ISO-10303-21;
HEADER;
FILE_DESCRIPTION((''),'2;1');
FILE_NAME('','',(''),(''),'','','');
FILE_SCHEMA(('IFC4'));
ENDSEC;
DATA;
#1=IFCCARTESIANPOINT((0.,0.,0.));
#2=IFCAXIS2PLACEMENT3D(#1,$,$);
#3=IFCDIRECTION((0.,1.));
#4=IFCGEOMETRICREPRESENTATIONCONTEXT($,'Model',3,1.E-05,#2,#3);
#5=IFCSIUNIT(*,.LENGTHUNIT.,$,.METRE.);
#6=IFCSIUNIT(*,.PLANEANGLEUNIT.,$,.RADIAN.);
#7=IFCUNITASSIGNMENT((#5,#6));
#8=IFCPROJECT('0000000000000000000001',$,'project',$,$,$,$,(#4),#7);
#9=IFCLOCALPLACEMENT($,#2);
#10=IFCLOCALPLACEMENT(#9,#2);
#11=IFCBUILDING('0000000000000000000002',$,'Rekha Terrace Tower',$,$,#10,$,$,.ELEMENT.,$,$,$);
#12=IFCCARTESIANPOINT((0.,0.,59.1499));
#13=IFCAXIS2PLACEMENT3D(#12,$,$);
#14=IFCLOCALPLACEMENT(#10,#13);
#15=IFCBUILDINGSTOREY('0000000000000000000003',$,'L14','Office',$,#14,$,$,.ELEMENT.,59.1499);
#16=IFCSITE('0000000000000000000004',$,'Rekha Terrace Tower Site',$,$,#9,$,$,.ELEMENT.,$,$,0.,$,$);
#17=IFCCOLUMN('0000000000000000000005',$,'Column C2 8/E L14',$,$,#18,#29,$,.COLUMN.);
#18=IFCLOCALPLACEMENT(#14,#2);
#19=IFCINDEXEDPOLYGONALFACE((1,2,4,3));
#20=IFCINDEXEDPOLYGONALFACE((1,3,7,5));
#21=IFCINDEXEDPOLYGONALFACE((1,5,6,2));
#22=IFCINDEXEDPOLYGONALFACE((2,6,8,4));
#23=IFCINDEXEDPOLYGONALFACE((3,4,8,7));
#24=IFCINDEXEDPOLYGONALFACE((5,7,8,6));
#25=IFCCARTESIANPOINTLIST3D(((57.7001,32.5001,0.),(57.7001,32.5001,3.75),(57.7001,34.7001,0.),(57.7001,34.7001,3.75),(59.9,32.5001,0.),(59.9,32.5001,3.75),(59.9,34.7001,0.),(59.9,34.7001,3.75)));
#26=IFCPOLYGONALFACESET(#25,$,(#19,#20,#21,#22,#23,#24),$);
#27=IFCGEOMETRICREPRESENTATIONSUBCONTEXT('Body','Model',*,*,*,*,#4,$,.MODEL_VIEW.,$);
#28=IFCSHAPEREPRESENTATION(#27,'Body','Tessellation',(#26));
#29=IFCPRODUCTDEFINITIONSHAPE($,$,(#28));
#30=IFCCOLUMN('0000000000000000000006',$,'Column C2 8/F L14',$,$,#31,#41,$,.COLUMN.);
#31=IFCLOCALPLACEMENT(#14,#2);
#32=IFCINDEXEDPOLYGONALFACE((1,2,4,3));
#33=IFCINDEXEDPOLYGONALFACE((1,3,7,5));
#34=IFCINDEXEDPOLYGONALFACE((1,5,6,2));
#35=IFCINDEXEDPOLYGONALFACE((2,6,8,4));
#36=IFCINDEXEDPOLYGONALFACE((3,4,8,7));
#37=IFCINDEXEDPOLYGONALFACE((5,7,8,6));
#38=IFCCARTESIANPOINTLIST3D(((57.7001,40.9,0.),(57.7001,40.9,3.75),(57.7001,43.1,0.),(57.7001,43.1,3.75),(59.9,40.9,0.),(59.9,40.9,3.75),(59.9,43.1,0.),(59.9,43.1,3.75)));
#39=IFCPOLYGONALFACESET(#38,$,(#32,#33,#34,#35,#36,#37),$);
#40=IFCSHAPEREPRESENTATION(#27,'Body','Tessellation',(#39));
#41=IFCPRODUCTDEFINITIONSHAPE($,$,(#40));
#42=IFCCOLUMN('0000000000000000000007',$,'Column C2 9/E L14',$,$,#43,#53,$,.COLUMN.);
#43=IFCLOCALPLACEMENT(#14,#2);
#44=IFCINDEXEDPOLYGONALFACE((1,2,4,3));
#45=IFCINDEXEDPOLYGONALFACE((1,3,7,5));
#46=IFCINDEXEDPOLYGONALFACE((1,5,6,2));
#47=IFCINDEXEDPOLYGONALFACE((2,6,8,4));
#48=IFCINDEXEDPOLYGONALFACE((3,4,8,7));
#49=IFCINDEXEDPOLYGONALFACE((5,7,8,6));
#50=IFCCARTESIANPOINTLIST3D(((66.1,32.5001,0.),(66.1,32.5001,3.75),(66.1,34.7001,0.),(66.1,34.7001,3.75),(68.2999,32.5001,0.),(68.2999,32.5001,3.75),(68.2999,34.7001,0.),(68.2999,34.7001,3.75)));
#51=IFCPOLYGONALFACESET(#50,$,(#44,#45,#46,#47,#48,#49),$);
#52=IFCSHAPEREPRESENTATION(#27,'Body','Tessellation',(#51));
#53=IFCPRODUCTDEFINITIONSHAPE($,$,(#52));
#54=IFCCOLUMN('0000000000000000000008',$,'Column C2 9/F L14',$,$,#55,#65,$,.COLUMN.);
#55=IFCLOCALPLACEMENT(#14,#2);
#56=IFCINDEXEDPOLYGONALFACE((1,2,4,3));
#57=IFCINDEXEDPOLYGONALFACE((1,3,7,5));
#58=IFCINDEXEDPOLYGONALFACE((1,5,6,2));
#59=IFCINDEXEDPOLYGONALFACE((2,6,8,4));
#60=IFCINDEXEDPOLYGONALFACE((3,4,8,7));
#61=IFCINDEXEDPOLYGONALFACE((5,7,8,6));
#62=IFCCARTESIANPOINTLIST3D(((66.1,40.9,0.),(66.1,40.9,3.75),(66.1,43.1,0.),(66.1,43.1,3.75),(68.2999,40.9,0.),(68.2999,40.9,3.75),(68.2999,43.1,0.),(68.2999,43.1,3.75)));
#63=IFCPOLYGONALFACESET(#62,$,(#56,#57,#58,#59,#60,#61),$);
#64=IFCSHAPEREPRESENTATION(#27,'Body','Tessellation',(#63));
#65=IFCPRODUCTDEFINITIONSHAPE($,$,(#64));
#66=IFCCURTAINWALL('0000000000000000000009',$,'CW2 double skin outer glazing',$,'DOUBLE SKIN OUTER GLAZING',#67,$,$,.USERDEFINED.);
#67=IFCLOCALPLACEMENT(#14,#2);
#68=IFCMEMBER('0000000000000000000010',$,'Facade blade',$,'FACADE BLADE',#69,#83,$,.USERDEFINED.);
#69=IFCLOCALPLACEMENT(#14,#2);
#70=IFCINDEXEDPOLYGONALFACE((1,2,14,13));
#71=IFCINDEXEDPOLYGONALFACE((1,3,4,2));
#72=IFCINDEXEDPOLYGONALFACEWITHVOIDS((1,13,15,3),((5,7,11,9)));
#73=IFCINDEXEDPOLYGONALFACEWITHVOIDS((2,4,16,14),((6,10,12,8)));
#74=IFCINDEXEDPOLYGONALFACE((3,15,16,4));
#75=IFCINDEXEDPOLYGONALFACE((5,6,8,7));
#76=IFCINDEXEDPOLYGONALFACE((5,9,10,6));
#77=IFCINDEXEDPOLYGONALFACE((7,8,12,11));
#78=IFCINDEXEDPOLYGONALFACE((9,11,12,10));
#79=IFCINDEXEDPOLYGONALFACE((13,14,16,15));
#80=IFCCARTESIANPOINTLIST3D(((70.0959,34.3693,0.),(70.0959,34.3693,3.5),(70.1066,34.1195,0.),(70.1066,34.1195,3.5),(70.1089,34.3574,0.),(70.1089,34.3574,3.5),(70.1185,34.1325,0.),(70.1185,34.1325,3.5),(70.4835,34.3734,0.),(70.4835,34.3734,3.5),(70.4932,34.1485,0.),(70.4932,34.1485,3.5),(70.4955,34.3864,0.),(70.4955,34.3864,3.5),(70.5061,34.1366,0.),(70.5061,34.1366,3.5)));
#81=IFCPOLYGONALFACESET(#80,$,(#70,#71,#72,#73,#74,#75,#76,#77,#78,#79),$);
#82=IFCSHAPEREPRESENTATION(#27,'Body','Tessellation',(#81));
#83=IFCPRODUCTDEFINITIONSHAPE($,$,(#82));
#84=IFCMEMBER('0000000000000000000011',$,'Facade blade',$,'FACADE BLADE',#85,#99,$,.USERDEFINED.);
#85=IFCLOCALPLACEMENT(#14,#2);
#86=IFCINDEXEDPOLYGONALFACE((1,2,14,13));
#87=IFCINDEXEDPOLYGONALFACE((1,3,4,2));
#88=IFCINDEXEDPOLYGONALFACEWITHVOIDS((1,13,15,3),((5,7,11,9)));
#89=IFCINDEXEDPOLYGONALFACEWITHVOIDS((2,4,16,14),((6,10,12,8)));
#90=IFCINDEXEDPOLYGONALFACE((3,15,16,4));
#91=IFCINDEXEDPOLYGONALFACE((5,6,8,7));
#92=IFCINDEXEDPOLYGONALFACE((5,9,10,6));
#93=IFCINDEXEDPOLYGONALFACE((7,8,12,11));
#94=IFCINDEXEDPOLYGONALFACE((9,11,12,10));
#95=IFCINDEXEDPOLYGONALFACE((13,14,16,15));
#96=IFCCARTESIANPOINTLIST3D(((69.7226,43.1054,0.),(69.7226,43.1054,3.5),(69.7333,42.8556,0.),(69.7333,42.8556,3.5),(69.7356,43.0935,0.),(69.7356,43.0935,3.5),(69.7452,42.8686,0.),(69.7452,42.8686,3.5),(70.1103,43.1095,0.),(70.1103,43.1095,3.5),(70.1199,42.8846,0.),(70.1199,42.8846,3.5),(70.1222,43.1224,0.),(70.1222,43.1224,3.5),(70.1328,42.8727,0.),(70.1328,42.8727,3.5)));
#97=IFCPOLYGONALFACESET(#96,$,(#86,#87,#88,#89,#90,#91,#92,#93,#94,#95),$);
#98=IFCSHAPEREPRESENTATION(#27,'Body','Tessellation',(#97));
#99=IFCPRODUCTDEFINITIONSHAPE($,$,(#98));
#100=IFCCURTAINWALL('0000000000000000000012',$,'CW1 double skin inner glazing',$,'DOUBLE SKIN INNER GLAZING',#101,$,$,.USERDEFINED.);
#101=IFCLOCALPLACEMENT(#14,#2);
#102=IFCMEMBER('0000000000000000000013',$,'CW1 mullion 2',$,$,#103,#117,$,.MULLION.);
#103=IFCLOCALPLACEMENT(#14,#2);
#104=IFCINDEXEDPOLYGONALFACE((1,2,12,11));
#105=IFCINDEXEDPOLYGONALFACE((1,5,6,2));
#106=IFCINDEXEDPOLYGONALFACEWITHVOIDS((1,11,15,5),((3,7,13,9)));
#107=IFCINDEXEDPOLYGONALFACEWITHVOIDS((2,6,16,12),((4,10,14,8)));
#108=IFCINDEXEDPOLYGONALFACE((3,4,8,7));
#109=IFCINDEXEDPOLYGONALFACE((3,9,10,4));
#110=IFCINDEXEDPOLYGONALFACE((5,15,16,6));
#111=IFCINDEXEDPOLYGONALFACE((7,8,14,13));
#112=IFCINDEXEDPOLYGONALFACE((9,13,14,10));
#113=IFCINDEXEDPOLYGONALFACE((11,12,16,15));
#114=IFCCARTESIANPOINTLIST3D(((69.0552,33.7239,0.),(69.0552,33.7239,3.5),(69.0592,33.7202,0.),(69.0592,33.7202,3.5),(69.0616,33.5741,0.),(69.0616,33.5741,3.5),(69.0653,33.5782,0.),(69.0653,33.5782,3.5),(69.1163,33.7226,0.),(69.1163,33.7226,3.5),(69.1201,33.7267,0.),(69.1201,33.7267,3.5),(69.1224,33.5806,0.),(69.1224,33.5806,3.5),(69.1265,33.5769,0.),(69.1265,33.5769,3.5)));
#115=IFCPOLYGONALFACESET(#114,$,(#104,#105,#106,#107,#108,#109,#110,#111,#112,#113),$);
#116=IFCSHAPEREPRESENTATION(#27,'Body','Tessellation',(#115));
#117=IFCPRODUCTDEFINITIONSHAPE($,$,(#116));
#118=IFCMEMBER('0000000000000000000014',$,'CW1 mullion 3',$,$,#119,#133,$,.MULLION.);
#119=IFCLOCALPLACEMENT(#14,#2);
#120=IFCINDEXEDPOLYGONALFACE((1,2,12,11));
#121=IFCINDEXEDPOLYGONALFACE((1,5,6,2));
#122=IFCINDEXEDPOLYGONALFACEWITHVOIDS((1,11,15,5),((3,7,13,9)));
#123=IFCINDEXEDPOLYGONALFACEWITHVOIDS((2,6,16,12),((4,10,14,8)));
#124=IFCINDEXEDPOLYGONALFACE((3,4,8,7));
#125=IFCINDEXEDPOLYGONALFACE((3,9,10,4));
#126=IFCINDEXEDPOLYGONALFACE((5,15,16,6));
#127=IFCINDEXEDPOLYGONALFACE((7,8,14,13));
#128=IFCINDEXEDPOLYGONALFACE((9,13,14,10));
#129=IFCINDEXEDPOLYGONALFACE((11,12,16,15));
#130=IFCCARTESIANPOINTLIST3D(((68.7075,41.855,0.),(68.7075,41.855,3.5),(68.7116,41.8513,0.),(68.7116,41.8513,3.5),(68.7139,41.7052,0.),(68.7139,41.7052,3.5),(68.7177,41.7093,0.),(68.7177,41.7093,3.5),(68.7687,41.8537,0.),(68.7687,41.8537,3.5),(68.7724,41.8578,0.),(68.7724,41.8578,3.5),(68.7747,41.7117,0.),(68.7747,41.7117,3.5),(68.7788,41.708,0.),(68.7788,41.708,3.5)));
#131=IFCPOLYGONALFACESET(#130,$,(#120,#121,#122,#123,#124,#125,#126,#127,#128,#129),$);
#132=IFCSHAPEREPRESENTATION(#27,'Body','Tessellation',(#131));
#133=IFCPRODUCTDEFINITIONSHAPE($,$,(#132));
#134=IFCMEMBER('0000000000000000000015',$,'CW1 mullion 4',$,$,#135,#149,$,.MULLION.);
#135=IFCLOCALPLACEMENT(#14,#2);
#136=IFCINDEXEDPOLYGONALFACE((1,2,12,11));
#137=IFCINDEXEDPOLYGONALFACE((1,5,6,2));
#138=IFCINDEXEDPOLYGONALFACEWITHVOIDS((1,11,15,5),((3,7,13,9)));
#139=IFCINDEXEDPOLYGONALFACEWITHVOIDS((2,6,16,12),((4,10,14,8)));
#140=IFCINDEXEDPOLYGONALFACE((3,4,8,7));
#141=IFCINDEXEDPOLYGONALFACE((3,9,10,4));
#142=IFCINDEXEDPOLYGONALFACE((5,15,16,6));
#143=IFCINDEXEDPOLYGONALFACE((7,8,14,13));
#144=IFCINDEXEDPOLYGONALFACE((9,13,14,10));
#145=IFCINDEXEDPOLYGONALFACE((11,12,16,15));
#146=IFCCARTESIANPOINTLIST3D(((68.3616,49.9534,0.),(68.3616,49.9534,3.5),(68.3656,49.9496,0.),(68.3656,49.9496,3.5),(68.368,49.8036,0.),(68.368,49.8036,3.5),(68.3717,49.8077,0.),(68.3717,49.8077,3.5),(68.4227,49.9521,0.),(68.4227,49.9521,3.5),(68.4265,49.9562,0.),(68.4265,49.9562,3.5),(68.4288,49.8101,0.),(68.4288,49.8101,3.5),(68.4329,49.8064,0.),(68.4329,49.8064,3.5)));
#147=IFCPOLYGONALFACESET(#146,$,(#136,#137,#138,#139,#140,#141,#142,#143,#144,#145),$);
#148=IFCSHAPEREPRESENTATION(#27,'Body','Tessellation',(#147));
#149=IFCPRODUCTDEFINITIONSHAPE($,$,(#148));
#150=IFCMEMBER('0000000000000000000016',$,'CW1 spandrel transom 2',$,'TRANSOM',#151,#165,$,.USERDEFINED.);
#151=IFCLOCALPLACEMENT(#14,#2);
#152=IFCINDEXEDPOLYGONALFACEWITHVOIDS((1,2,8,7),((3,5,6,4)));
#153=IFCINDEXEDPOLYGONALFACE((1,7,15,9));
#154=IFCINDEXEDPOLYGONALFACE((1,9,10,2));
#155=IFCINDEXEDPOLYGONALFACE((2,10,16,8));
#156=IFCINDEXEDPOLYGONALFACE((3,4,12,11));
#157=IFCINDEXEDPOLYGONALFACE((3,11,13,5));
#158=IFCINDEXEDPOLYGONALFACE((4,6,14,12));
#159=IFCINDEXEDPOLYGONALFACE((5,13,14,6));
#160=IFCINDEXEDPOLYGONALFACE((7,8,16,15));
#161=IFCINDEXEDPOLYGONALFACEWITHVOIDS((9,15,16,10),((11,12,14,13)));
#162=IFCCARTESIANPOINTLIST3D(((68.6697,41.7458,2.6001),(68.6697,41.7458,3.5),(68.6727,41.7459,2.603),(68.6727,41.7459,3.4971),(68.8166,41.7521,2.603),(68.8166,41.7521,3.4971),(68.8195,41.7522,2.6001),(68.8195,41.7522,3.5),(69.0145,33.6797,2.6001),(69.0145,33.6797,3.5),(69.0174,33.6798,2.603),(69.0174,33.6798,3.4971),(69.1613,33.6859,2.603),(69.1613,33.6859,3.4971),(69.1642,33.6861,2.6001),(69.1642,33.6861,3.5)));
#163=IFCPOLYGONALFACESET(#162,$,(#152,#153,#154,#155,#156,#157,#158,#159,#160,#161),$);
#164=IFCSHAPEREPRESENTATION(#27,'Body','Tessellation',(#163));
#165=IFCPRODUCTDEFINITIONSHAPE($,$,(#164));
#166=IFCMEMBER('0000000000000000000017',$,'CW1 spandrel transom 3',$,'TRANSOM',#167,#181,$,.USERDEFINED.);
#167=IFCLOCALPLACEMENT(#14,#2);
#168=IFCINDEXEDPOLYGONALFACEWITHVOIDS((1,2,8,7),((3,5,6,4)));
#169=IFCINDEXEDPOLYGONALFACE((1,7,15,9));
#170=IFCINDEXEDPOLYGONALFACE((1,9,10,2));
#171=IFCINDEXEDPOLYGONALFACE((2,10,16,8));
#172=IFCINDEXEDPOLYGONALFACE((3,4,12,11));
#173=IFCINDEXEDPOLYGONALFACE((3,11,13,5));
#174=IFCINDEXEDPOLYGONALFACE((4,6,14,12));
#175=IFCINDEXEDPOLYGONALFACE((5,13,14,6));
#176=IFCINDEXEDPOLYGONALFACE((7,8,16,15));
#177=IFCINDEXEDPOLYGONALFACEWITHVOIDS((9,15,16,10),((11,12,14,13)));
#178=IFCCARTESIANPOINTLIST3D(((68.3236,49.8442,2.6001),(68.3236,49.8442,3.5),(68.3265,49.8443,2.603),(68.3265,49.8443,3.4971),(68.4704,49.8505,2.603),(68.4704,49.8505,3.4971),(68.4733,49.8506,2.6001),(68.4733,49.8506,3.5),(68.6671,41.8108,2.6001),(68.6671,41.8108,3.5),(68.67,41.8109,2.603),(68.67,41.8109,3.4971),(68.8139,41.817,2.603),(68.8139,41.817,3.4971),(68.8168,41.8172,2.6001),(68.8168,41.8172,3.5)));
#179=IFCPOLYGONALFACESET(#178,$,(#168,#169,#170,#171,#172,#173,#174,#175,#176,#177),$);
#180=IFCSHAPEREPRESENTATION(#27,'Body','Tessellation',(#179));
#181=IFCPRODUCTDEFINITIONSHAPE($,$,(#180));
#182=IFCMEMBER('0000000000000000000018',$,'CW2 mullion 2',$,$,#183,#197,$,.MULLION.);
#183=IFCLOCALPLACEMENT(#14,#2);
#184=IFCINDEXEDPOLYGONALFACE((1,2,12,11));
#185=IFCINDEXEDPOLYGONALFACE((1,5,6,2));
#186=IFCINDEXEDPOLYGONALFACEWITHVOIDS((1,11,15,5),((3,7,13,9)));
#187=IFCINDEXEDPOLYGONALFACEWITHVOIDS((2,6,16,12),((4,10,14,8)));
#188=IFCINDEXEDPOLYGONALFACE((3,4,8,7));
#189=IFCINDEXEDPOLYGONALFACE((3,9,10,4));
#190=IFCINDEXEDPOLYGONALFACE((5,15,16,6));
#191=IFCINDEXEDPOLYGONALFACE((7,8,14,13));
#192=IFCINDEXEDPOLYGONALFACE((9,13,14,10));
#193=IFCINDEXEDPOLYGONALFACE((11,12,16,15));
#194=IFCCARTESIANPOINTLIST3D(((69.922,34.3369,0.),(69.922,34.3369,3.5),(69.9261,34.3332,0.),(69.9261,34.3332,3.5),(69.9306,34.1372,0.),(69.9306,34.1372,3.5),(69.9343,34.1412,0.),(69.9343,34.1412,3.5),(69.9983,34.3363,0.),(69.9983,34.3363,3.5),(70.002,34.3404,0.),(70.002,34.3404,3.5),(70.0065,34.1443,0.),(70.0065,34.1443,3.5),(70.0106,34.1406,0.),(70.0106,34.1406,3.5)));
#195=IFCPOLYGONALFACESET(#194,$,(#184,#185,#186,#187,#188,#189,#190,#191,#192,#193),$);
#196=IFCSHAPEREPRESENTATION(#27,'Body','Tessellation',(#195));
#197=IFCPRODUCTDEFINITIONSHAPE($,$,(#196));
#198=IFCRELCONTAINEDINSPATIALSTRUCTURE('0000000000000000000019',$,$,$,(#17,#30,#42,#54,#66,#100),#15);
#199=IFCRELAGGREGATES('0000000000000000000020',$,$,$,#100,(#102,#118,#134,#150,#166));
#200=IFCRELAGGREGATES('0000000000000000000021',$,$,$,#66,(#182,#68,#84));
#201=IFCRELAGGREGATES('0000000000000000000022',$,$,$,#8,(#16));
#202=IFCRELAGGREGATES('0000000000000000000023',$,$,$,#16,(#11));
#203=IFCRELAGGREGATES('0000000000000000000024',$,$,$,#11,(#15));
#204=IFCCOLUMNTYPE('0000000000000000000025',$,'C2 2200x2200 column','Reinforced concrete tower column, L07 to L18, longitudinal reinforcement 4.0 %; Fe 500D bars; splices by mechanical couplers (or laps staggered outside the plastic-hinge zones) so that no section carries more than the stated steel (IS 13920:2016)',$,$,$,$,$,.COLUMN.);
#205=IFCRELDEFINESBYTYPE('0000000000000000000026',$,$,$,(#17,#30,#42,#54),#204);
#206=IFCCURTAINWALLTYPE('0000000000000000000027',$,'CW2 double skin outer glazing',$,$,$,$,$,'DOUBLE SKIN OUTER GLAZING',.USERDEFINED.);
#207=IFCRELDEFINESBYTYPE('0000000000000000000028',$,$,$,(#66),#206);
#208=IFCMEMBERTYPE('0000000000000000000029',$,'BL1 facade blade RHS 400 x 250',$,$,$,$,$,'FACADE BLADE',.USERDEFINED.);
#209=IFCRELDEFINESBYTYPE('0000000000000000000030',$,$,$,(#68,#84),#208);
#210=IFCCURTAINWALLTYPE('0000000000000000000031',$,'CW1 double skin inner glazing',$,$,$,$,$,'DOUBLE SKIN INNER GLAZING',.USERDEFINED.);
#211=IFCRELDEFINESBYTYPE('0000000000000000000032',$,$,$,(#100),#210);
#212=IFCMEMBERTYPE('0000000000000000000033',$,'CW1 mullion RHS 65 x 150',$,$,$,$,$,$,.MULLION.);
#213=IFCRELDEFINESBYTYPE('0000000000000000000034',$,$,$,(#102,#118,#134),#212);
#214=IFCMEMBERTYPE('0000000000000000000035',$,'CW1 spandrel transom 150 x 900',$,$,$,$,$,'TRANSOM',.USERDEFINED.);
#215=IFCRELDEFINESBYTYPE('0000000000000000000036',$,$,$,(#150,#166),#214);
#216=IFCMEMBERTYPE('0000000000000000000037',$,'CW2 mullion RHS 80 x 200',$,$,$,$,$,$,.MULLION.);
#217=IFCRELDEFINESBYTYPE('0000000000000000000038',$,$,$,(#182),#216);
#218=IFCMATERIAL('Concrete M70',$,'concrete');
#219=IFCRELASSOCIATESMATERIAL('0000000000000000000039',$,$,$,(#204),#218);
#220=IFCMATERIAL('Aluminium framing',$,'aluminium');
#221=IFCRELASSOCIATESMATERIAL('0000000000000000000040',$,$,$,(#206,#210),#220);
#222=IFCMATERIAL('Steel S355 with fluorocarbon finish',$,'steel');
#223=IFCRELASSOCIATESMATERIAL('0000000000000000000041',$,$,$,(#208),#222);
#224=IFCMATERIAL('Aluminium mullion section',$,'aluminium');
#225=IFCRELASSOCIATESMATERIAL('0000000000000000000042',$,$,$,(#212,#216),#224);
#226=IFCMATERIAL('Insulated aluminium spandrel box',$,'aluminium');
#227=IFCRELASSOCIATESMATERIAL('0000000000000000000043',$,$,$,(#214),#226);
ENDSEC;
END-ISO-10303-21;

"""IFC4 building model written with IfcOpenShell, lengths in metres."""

from ifc_helpers import new_model, si_unit, direction, frame, origin, origin_2d, place, context, subcontext, project, spatial, rectangle, hollow_rectangle, extrude, material, material_profile, profile_set, type_object, element, aggregate, save


model = new_model("IFC4")

# Units and contexts
model_context = context("Model", 3, precision=1e-05, world=origin(), true_north=direction((0.0, 1.0)))
body_context = subcontext(model_context, "Body", "Model", "MODEL_VIEW")
ifc_project = project(units=[si_unit("LENGTHUNIT", "METRE"), si_unit("PLANEANGLEUNIT", "RADIAN")], contexts=[model_context])

# Site, building, storey
site_placement = place(None, origin())
site = spatial("IfcSite", under=ifc_project, at=site_placement, Name="Rekha Terrace Tower Site", CompositionType="ELEMENT", RefElevation=0.0)
building_placement = place(site_placement, origin())
building = spatial("IfcBuilding", under=site, at=building_placement, Name="Rekha Terrace Tower", CompositionType="ELEMENT")
storey_placement = place(building_placement, frame((0.0, 0.0, 59.1499)))
storey = spatial("IfcBuildingStorey", under=building, at=storey_placement, Name="L14", Description="Office", CompositionType="ELEMENT", Elevation=59.1499)

# Columns
ifc_material_1 = material(Name="Concrete M70", Category="concrete")
ifc_material_profile_1 = material_profile(ifc_material_1, rectangle(XDim=2.2, YDim=2.2, at=origin_2d()), Name="RC 2200x2200")
ifc_profile_set_1 = profile_set([ifc_material_profile_1], Name="Concrete M70")
column_type = type_object("IfcColumnType", Name="C2 2200x2200 column", Description="Reinforced concrete tower column, L07 to L18, longitudinal reinforcement 4.0 %; Fe 500D bars; splices by mechanical couplers (or laps staggered outside the plastic-hinge zones) so that no section carries more than the stated steel (IS 13920:2016)", PredefinedType="COLUMN", material=ifc_profile_set_1)
for number, where, z_axis, x_axis, name in (
    (1, (58.8, 33.6001, 0.0), (0.0, 0.0, 1.0), (1.0, 0.0, 0.0), "Column C2 8/E L14"),
    (2, (58.8, 42.0, 0.0), (0.0, 0.0, 1.0), (1.0, 0.0, 0.0), "Column C2 8/F L14"),
    (3, (67.2, 33.6001, 0.0), (0.0, 0.0, 1.0), (1.0, 0.0, 0.0), "Column C2 9/E L14"),
    (4, (67.2, 42.0, 0.0), (0.0, 0.0, 1.0), (1.0, 0.0, 0.0), "Column C2 9/F L14"),
):
    element("IfcColumn", number, at=place(storey_placement, frame(where, z_axis=z_axis, x_axis=x_axis)), inside=storey, type_object=column_type, Name=name, PredefinedType="COLUMN", context=body_context, shape_type="SweptSolid", body=[
        extrude(rectangle(XDim=2.2, YDim=2.2, at=origin_2d()), origin(), (0.0, 0.0, 1.0), 3.75),
    ])

# Curtain walls, members
ifc_material_2 = material(Name="Aluminium framing", Category="aluminium")
curtain_wall_type_1 = type_object("IfcCurtainWallType", Name="CW2 double skin outer glazing", ElementType="DOUBLE SKIN OUTER GLAZING", PredefinedType="USERDEFINED", material=ifc_material_2)
curtain_wall_1_placement = place(storey_placement, origin())
curtain_wall_1 = element("IfcCurtainWall", 5, at=curtain_wall_1_placement, inside=storey, type_object=curtain_wall_type_1, Name="CW2 double skin outer glazing", ObjectType="DOUBLE SKIN OUTER GLAZING", PredefinedType="USERDEFINED")
ifc_material_3 = material(Name="Steel S355 with fluorocarbon finish", Category="steel")
ifc_material_profile_2 = material_profile(ifc_material_3, hollow_rectangle(XDim=0.25, YDim=0.3999, WallThickness=0.0125, at=origin_2d()), Name="RHS400x250x12.5")
ifc_profile_set_2 = profile_set([ifc_material_profile_2], Name="Steel S355 with fluorocarbon finish")
member_type_1 = type_object("IfcMemberType", Name="BL1 facade blade RHS 400 x 250", ElementType="FACADE BLADE", PredefinedType="USERDEFINED", material=ifc_profile_set_2)
member_1_placement = place(storey_placement, frame((70.301, 34.2529, 0.0), z_axis=(0.0, 0.0, 1.0), x_axis=(-0.042695, 0.999088, 0.0)))
member_1 = element("IfcMember", 6, at=member_1_placement, type_object=member_type_1, Name="Facade blade", ObjectType="FACADE BLADE", PredefinedType="USERDEFINED", context=body_context, shape_type="SweptSolid", body=[
    extrude(hollow_rectangle(XDim=0.25, YDim=0.3999, WallThickness=0.0125, at=origin_2d()), origin(), (0.0, 0.0, 1.0), 3.5),
])
member_2_placement = place(storey_placement, frame((69.9277, 42.989, 0.0), z_axis=(0.0, 0.0, 1.0), x_axis=(-0.042695, 0.999088, 0.0)))
member_2 = element("IfcMember", 7, at=member_2_placement, type_object=member_type_1, Name="Facade blade", ObjectType="FACADE BLADE", PredefinedType="USERDEFINED", context=body_context, shape_type="SweptSolid", body=[
    extrude(hollow_rectangle(XDim=0.25, YDim=0.3999, WallThickness=0.0125, at=origin_2d()), origin(), (0.0, 0.0, 1.0), 3.5),
])
curtain_wall_type_2 = type_object("IfcCurtainWallType", Name="CW1 double skin inner glazing", ElementType="DOUBLE SKIN INNER GLAZING", PredefinedType="USERDEFINED", material=ifc_material_2)
curtain_wall_2_placement = place(storey_placement, origin())
curtain_wall_2 = element("IfcCurtainWall", 8, at=curtain_wall_2_placement, inside=storey, type_object=curtain_wall_type_2, Name="CW1 double skin inner glazing", ObjectType="DOUBLE SKIN INNER GLAZING", PredefinedType="USERDEFINED")
ifc_material_4 = material(Name="Aluminium mullion section", Category="aluminium")
ifc_material_profile_3 = material_profile(ifc_material_4, hollow_rectangle(XDim=0.0649, YDim=0.1499, WallThickness=0.0039, at=origin_2d()), Name="AL RHS 65x150")
ifc_profile_set_3 = profile_set([ifc_material_profile_3], Name="Aluminium mullion section")
member_type_2 = type_object("IfcMemberType", Name="CW1 mullion RHS 65 x 150", PredefinedType="MULLION", material=ifc_profile_set_3)
member_3_placement = place(storey_placement, frame((69.0908, 33.6504, 0.0), z_axis=(0.0, 0.0, 1.0), x_axis=(-0.999088, -0.042696, 0.0)))
member_3 = element("IfcMember", 9, at=member_3_placement, type_object=member_type_2, Name="CW1 mullion 2", PredefinedType="MULLION", context=body_context, shape_type="SweptSolid", body=[
    extrude(hollow_rectangle(XDim=0.0649, YDim=0.1499, WallThickness=0.0039, at=origin_2d()), origin(), (0.0, 0.0, 1.0), 3.5),
])
member_4_placement = place(storey_placement, frame((68.7432, 41.7815, 0.0), z_axis=(0.0, 0.0, 1.0), x_axis=(-0.999088, -0.042696, 0.0)))
member_4 = element("IfcMember", 10, at=member_4_placement, type_object=member_type_2, Name="CW1 mullion 3", PredefinedType="MULLION", context=body_context, shape_type="SweptSolid", body=[
    extrude(hollow_rectangle(XDim=0.0649, YDim=0.1499, WallThickness=0.0039, at=origin_2d()), origin(), (0.0, 0.0, 1.0), 3.5),
])
member_5_placement = place(storey_placement, frame((68.3972, 49.8799, 0.0), z_axis=(0.0, 0.0, 1.0), x_axis=(-0.999088, -0.042696, 0.0)))
member_5 = element("IfcMember", 11, at=member_5_placement, type_object=member_type_2, Name="CW1 mullion 4", PredefinedType="MULLION", context=body_context, shape_type="SweptSolid", body=[
    extrude(hollow_rectangle(XDim=0.0649, YDim=0.1499, WallThickness=0.0039, at=origin_2d()), origin(), (0.0, 0.0, 1.0), 3.5),
])
ifc_material_5 = material(Name="Insulated aluminium spandrel box", Category="aluminium")
ifc_material_profile_4 = material_profile(ifc_material_5, hollow_rectangle(XDim=0.1499, YDim=0.8999, WallThickness=0.0029, at=origin_2d()), Name="AL SPANDREL BOX 150x900")
ifc_profile_set_4 = profile_set([ifc_material_profile_4], Name="Insulated aluminium spandrel box")
member_type_3 = type_object("IfcMemberType", Name="CW1 spandrel transom 150 x 900", ElementType="TRANSOM", PredefinedType="USERDEFINED", material=ifc_profile_set_4)
member_6_placement = place(storey_placement, frame((69.0894, 33.6829, 3.05), z_axis=(-0.042698, 0.999088, 0.0), x_axis=(-0.999088, -0.042698, 0.0)))
member_6 = element("IfcMember", 12, at=member_6_placement, type_object=member_type_3, Name="CW1 spandrel transom 2", ObjectType="TRANSOM", PredefinedType="USERDEFINED", context=body_context, shape_type="SweptSolid", body=[
    extrude(hollow_rectangle(XDim=0.1499, YDim=0.8999, WallThickness=0.0029, at=origin_2d()), origin(), (0.0, 0.0, 1.0), 8.0735),
])
member_7_placement = place(storey_placement, frame((68.7419, 41.814, 3.05), z_axis=(-0.04272, 0.999087, 0.0), x_axis=(-0.999087, -0.04272, 0.0)))
member_7 = element("IfcMember", 13, at=member_7_placement, type_object=member_type_3, Name="CW1 spandrel transom 3", ObjectType="TRANSOM", PredefinedType="USERDEFINED", context=body_context, shape_type="SweptSolid", body=[
    extrude(hollow_rectangle(XDim=0.1499, YDim=0.8999, WallThickness=0.0029, at=origin_2d()), origin(), (0.0, 0.0, 1.0), 8.0408),
])

# Member
ifc_material_profile_5 = material_profile(ifc_material_4, hollow_rectangle(XDim=0.0801, YDim=0.2, WallThickness=0.0039, at=origin_2d()), Name="AL RHS 80x200")
ifc_profile_set_5 = profile_set([ifc_material_profile_5], Name="Aluminium mullion section")
member_type_4 = type_object("IfcMemberType", Name="CW2 mullion RHS 80 x 200", PredefinedType="MULLION", material=ifc_profile_set_5)
member_8_placement = place(storey_placement, frame((69.9663, 34.2388, 0.0), z_axis=(0.0, 0.0, 1.0), x_axis=(-0.999088, -0.042696, 0.0)))
member_8 = element("IfcMember", 14, at=member_8_placement, type_object=member_type_4, Name="CW2 mullion 2", PredefinedType="MULLION", context=body_context, shape_type="SweptSolid", body=[
    extrude(hollow_rectangle(XDim=0.0801, YDim=0.2, WallThickness=0.0039, at=origin_2d()), origin(), (0.0, 0.0, 1.0), 3.5),
])

aggregate(curtain_wall_2, [member_3, member_4, member_5, member_6, member_7])
aggregate(curtain_wall_1, [member_8, member_1, member_2])

save(model, "model.ifc")
